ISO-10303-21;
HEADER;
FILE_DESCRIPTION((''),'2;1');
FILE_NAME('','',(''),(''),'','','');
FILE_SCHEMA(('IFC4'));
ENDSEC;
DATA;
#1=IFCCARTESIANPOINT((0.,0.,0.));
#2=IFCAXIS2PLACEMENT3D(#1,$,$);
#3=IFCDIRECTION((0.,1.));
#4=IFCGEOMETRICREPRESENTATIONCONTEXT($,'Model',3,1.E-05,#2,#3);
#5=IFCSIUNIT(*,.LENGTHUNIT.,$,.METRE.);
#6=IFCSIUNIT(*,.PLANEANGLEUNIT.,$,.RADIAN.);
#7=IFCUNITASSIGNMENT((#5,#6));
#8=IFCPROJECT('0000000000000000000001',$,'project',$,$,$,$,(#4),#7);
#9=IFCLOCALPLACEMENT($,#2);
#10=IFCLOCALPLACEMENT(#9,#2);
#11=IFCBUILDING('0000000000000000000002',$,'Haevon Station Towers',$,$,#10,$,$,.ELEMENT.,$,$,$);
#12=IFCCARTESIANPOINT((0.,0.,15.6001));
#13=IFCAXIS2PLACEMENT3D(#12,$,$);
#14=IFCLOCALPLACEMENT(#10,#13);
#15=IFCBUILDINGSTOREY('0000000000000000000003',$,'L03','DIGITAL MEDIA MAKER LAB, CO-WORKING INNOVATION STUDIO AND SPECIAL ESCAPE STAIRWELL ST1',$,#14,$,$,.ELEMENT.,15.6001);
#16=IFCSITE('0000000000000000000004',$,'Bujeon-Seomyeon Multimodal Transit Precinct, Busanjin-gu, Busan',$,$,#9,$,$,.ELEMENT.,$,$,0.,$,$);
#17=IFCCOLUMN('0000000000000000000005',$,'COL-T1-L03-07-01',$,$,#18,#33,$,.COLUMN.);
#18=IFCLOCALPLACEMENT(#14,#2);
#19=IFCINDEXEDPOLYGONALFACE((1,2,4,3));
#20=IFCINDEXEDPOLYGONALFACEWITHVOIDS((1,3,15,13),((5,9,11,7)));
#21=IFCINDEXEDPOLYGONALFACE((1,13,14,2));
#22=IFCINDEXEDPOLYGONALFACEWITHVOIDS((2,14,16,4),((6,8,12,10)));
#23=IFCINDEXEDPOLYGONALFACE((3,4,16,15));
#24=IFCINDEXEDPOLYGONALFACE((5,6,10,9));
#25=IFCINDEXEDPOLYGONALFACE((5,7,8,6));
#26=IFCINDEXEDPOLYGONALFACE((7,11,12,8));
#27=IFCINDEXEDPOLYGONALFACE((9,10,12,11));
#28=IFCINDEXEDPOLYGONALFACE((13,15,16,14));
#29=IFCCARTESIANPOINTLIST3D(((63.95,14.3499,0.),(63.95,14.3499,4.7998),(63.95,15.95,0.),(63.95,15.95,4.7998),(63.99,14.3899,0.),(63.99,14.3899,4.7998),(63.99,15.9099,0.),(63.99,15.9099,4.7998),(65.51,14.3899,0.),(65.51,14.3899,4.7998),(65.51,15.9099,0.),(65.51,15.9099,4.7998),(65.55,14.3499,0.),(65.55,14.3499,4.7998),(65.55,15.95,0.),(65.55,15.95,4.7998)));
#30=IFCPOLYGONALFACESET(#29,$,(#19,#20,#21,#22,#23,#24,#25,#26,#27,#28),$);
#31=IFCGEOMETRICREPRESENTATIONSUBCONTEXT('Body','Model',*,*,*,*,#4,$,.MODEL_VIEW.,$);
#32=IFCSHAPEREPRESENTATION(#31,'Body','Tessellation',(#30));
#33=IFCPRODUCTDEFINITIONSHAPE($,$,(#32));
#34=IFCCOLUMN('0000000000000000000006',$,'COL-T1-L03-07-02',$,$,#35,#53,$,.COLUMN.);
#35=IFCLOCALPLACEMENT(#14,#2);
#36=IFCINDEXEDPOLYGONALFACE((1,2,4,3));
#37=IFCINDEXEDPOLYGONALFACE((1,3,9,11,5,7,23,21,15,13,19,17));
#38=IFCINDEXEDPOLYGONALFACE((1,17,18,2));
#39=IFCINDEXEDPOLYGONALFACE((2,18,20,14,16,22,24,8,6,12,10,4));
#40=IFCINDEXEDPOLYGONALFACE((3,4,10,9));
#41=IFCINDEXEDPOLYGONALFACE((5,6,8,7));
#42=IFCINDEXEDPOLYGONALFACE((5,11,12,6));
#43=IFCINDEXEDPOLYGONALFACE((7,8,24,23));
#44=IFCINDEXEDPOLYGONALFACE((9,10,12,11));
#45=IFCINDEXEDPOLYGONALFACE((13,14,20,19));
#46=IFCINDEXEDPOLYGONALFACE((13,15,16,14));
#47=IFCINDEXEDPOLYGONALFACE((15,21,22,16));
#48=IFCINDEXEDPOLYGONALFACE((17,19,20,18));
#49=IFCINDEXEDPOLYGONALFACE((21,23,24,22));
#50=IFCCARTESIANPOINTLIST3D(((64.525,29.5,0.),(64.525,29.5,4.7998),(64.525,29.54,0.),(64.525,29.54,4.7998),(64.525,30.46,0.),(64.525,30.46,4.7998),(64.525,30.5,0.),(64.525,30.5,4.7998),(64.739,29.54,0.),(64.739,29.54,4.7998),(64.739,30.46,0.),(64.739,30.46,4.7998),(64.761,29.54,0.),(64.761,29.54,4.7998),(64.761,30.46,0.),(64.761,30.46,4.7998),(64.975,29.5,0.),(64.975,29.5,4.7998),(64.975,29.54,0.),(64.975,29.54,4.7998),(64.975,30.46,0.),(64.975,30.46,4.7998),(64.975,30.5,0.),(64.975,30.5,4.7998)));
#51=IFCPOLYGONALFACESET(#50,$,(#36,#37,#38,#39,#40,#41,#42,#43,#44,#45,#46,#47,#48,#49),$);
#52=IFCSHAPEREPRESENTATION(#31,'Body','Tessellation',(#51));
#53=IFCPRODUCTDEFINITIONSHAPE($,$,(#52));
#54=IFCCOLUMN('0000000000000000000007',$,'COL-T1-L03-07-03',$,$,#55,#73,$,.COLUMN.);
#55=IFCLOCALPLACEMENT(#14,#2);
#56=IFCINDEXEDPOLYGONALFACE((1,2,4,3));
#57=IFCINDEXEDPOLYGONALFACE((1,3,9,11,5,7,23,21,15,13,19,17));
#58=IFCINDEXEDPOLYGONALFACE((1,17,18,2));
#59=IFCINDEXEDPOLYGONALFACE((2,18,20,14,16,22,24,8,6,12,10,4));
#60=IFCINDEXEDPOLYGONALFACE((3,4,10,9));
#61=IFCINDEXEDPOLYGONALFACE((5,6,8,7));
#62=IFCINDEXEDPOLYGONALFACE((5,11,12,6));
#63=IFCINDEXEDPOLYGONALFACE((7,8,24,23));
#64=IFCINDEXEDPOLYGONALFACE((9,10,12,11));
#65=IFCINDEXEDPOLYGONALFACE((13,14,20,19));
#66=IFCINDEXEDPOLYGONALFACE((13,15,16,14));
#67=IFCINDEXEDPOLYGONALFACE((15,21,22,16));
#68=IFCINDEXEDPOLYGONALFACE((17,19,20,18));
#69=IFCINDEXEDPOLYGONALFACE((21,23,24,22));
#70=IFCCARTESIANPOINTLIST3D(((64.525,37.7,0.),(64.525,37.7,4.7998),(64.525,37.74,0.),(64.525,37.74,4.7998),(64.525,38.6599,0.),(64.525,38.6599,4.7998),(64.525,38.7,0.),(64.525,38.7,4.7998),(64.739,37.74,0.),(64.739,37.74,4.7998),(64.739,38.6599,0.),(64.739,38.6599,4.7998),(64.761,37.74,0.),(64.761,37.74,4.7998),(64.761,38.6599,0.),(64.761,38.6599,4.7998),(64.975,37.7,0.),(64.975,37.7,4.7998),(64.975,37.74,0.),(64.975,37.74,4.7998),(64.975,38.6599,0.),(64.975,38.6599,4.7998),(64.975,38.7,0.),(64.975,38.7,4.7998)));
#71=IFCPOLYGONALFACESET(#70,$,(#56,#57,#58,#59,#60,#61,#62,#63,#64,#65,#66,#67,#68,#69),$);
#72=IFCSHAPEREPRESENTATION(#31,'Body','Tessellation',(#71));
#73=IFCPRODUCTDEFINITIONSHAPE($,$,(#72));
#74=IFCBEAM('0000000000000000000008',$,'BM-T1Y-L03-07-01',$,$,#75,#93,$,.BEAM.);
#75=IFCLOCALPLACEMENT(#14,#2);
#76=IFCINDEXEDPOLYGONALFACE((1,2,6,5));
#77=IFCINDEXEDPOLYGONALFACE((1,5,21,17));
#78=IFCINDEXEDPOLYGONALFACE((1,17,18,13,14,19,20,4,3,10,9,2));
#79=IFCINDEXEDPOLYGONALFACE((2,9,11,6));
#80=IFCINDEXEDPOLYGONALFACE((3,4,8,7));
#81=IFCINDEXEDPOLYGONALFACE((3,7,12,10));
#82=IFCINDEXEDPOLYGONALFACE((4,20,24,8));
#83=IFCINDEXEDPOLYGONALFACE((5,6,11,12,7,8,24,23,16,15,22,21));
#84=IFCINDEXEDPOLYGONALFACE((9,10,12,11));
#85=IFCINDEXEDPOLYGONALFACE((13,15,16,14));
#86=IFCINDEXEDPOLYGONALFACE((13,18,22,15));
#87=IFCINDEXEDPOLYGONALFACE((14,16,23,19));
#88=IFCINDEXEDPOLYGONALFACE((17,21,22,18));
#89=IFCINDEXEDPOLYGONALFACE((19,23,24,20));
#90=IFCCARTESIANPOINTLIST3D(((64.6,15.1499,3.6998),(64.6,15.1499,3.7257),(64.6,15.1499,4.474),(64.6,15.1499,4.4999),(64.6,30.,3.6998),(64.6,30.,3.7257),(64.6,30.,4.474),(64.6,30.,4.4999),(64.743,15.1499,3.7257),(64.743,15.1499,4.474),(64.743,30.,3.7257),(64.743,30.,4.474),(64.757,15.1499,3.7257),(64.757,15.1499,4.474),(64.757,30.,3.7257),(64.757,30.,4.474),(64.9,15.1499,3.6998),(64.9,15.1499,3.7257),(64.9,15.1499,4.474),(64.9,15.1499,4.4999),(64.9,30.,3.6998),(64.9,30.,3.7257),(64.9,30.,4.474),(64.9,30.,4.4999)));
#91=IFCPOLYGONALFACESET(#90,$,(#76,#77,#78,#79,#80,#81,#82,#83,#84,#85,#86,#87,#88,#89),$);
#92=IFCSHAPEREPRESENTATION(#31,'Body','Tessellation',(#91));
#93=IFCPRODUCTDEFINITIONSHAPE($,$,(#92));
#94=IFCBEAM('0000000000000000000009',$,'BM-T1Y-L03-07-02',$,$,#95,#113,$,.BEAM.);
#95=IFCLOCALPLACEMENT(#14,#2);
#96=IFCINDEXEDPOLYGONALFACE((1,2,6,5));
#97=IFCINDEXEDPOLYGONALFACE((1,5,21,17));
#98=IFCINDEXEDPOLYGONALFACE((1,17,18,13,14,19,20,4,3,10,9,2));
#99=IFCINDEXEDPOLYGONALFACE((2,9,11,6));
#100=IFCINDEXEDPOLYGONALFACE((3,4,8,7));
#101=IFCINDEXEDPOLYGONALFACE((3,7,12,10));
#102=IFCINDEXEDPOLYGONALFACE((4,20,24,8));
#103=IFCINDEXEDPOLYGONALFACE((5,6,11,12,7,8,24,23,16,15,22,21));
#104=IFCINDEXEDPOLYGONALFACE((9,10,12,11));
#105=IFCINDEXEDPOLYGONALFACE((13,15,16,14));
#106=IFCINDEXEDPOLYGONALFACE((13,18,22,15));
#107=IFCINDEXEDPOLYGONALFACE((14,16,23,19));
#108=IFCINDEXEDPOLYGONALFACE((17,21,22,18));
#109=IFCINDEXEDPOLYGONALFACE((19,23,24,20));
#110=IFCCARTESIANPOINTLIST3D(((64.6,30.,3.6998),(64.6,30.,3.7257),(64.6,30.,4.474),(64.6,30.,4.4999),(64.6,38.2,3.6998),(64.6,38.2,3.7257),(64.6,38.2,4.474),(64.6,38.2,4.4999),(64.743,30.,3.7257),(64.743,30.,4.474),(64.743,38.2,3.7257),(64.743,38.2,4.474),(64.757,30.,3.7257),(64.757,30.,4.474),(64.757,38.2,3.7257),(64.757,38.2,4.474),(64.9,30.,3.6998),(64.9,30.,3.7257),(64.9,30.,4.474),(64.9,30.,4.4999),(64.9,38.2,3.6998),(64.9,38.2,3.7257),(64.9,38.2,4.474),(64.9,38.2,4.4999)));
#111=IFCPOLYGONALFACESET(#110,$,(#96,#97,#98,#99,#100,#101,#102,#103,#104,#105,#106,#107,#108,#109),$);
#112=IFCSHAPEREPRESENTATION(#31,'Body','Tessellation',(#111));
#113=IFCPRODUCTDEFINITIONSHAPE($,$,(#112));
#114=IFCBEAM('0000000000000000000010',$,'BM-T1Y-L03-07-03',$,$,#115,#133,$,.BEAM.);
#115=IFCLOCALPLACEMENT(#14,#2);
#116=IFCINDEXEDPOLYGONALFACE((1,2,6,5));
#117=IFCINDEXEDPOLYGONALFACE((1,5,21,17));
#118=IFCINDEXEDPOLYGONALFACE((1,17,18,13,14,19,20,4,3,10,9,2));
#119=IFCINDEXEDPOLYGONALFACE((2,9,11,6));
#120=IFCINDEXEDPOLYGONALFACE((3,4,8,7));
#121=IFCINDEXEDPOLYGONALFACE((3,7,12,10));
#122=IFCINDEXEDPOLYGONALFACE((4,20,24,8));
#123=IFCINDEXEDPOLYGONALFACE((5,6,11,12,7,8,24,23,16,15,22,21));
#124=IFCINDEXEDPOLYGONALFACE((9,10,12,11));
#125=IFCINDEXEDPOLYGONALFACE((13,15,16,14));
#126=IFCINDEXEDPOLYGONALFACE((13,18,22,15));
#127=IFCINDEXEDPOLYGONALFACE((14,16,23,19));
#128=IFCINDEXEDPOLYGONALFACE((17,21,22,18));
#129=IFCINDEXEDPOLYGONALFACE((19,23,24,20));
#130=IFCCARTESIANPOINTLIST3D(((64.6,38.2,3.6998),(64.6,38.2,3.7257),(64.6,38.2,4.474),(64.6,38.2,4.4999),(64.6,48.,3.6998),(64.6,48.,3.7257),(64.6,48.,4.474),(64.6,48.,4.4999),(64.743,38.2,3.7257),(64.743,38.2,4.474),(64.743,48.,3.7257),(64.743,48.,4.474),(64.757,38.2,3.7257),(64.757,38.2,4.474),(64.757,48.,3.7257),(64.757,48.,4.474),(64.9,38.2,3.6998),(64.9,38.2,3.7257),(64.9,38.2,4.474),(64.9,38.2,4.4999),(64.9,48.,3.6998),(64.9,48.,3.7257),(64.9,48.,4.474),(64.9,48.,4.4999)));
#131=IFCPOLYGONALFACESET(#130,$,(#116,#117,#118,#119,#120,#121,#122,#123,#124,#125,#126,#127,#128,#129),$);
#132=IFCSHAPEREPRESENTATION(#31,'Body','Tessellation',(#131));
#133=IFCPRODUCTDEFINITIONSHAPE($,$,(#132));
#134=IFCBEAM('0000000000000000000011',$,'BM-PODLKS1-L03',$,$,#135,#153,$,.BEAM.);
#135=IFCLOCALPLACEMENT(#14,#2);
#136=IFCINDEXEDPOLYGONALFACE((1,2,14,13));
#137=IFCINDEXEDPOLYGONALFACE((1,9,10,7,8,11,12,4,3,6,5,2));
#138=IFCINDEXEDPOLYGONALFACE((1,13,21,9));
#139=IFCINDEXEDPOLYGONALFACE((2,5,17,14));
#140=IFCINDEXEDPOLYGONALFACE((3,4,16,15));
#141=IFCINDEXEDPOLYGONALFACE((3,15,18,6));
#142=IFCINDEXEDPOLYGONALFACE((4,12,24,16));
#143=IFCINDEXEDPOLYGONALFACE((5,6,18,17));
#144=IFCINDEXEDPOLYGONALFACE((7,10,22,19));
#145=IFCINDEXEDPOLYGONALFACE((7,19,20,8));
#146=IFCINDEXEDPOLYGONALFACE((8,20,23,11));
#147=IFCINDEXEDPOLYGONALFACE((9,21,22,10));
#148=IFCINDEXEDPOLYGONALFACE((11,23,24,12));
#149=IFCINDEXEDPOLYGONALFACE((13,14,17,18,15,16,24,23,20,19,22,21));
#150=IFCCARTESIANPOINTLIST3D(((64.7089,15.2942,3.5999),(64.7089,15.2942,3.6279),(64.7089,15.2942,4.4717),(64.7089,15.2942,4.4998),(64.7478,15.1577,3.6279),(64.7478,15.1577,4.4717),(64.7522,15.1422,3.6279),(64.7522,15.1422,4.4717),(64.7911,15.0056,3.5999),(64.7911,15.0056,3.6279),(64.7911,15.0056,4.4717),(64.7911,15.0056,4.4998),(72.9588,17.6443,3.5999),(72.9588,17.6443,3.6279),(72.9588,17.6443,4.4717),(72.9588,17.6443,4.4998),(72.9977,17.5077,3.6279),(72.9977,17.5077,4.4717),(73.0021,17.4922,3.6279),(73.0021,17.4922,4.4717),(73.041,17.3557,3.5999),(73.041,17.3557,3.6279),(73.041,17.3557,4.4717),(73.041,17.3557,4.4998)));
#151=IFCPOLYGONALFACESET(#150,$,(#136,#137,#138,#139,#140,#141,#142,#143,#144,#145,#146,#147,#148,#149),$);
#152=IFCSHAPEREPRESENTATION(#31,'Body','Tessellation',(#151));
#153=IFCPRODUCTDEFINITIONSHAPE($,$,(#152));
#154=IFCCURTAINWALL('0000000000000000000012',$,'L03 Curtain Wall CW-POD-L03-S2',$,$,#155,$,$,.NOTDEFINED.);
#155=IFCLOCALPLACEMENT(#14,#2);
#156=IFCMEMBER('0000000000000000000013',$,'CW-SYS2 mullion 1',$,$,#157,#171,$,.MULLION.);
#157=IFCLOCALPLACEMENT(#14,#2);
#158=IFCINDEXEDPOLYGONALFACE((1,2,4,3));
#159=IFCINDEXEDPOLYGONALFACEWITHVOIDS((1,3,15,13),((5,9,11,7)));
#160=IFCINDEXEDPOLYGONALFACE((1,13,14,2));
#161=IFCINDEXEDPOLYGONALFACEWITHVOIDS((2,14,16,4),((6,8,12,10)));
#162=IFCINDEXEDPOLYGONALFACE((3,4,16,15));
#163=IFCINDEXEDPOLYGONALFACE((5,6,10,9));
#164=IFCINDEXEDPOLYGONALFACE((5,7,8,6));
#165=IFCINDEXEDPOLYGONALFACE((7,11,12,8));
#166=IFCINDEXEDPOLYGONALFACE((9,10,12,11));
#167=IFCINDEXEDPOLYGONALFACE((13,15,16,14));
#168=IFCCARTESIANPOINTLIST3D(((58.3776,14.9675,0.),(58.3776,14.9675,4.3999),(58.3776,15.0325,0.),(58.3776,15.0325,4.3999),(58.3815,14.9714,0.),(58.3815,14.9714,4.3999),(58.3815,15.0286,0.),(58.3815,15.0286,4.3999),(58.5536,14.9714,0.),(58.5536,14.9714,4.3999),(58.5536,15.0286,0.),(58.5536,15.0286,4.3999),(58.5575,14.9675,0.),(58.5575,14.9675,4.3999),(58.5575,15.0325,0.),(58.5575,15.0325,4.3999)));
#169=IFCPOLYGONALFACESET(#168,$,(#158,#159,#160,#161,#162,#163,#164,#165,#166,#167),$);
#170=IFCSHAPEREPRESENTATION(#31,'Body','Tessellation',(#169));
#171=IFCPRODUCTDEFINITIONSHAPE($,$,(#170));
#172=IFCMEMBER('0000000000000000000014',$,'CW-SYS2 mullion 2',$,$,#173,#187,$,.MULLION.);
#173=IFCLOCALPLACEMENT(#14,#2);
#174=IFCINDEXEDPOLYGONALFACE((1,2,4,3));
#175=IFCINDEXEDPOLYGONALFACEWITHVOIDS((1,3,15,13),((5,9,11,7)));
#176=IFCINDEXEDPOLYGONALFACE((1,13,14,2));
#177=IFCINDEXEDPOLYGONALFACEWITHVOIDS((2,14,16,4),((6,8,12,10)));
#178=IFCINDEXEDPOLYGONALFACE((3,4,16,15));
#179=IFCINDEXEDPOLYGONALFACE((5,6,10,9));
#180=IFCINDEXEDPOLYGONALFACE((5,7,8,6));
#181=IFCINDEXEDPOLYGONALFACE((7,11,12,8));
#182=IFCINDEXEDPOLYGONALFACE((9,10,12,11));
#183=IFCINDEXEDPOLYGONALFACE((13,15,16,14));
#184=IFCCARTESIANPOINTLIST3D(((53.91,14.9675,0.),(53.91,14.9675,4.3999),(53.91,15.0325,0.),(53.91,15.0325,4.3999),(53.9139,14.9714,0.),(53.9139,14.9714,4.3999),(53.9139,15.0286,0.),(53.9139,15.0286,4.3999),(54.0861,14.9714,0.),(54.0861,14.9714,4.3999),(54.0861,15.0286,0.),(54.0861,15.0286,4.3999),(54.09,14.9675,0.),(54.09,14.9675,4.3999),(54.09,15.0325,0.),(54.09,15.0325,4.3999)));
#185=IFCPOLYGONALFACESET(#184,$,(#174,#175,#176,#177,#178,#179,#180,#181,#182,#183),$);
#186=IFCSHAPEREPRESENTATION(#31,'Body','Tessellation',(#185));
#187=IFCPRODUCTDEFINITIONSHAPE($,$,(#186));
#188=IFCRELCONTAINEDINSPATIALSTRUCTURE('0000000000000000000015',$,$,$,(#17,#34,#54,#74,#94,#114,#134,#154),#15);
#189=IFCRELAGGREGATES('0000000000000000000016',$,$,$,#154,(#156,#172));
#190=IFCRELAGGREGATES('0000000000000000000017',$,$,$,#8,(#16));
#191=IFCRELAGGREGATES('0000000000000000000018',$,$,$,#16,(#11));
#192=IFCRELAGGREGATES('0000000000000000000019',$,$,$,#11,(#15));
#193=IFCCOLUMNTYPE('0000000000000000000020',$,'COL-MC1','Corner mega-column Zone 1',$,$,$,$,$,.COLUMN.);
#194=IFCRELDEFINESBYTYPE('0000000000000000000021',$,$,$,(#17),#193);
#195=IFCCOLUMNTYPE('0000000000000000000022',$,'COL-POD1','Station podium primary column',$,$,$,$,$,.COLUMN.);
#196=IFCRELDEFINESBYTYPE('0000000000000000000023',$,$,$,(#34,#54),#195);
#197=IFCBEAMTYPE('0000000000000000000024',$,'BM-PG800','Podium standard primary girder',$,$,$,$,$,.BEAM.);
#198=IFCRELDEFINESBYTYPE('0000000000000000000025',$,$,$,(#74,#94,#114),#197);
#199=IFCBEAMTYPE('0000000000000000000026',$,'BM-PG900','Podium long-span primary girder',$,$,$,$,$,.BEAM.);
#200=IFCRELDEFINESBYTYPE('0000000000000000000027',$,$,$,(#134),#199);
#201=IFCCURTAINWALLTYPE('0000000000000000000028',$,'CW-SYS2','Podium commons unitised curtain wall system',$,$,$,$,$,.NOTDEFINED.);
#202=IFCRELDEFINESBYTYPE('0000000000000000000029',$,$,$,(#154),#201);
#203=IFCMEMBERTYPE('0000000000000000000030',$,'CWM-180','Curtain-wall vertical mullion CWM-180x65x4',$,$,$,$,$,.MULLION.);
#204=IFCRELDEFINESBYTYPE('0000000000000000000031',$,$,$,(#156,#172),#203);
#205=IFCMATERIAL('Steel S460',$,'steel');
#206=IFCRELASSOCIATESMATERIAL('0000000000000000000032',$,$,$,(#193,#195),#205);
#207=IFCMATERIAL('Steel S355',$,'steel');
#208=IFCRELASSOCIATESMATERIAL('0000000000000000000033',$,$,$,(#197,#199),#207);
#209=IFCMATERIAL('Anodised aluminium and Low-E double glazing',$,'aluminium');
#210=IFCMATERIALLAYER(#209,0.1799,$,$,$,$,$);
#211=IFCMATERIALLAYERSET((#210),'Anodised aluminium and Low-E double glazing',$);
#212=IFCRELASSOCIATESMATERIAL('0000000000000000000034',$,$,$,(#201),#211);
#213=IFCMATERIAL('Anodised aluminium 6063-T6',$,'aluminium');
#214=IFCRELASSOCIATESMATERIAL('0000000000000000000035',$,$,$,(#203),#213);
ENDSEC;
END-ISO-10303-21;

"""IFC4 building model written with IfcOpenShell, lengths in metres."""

from ifc_helpers import new_model, si_unit, direction, frame, origin, origin_2d, place, context, subcontext, project, spatial, hollow_rectangle, i_section, extrude, material, layer, layer_set, material_profile, profile_set, type_object, element, aggregate, save


model = new_model("IFC4")

# Units and contexts
model_context = context("Model", 3, precision=1e-05, world=origin(), true_north=direction((0.0, 1.0)))
body_context = subcontext(model_context, "Body", "Model", "MODEL_VIEW")
ifc_project = project(units=[si_unit("LENGTHUNIT", "METRE"), si_unit("PLANEANGLEUNIT", "RADIAN")], contexts=[model_context])

# Site, building, storey
site_placement = place(None, origin())
site = spatial("IfcSite", under=ifc_project, at=site_placement, Name="Bujeon-Seomyeon Multimodal Transit Precinct, Busanjin-gu, Busan", CompositionType="ELEMENT", RefElevation=0.0)
building_placement = place(site_placement, origin())
building = spatial("IfcBuilding", under=site, at=building_placement, Name="Haevon Station Towers", CompositionType="ELEMENT")
storey_placement = place(building_placement, frame((0.0, 0.0, 15.6001)))
storey = spatial("IfcBuildingStorey", under=building, at=storey_placement, Name="L03", Description="DIGITAL MEDIA MAKER LAB, CO-WORKING INNOVATION STUDIO AND SPECIAL ESCAPE STAIRWELL ST1", CompositionType="ELEMENT", Elevation=15.6001)

# Columns
ifc_material_1 = material(Name="Steel S460", Category="steel")
ifc_material_profile_1 = material_profile(ifc_material_1, hollow_rectangle(XDim=1.6001, YDim=1.6001, WallThickness=0.04, at=origin_2d()), Name="BOX-1600x1600x40")
ifc_profile_set_1 = profile_set([ifc_material_profile_1], Name="Steel S460")
column_type_1 = type_object("IfcColumnType", Name="COL-MC1", Description="Corner mega-column Zone 1", PredefinedType="COLUMN", material=ifc_profile_set_1)
column_placement = place(storey_placement, frame((64.75, 15.1499, 0.0), z_axis=(0.0, 0.0, 1.0), x_axis=(1.0, 0.0, 0.0)))
element("IfcColumn", 1, at=column_placement, inside=storey, type_object=column_type_1, Name="COL-T1-L03-07-01", PredefinedType="COLUMN", context=body_context, shape_type="SweptSolid", body=[
    extrude(hollow_rectangle(XDim=1.6001, YDim=1.6001, WallThickness=0.04, at=origin_2d()), origin(), (0.0, 0.0, 1.0), 4.7998),
])
ifc_material_profile_2 = material_profile(ifc_material_1, i_section(OverallWidth=0.45, OverallDepth=1.0, WebThickness=0.022, FlangeThickness=0.04, at=origin_2d()), Name="H-1000x450x22x40")
ifc_profile_set_2 = profile_set([ifc_material_profile_2], Name="Steel S460")
column_type_2 = type_object("IfcColumnType", Name="COL-POD1", Description="Station podium primary column", PredefinedType="COLUMN", material=ifc_profile_set_2)
for number, where, z_axis, x_axis, name in (
    (2, (64.75, 30.0, 0.0), (0.0, 0.0, 1.0), (1.0, 0.0, 0.0), "COL-T1-L03-07-02"),
    (3, (64.75, 38.2, 0.0), (0.0, 0.0, 1.0), (1.0, 0.0, 0.0), "COL-T1-L03-07-03"),
):
    element("IfcColumn", number, at=place(storey_placement, frame(where, z_axis=z_axis, x_axis=x_axis)), inside=storey, type_object=column_type_2, Name=name, PredefinedType="COLUMN", context=body_context, shape_type="SweptSolid", body=[
        extrude(i_section(OverallWidth=0.45, OverallDepth=1.0, WebThickness=0.022, FlangeThickness=0.04, at=origin_2d()), origin(), (0.0, 0.0, 1.0), 4.7998),
    ])

# Beams
ifc_material_2 = material(Name="Steel S355", Category="steel")
ifc_material_profile_3 = material_profile(ifc_material_2, i_section(OverallWidth=0.3, OverallDepth=0.8, WebThickness=0.0139, FlangeThickness=0.0259, at=origin_2d()), Name="H-800x300x14x26")
ifc_profile_set_3 = profile_set([ifc_material_profile_3], Name="Steel S355")
beam_type_1 = type_object("IfcBeamType", Name="BM-PG800", Description="Podium standard primary girder", PredefinedType="BEAM", material=ifc_profile_set_3)
beam_1_placement = place(storey_placement, frame((64.75, 15.1499, 4.0999), z_axis=(0.0, 1.0, 0.0), x_axis=(-1.0, 0.0, 0.0)))
element("IfcBeam", 4, at=beam_1_placement, inside=storey, type_object=beam_type_1, Name="BM-T1Y-L03-07-01", PredefinedType="BEAM", context=body_context, shape_type="SweptSolid", body=[
    extrude(i_section(OverallWidth=0.3, OverallDepth=0.8, WebThickness=0.0139, FlangeThickness=0.0259, at=origin_2d()), origin(), (0.0, 0.0, 1.0), 14.8501),
])
beam_2_placement = place(storey_placement, frame((64.75, 30.0, 4.0999), z_axis=(0.0, 1.0, 0.0), x_axis=(-1.0, 0.0, 0.0)))
element("IfcBeam", 5, at=beam_2_placement, inside=storey, type_object=beam_type_1, Name="BM-T1Y-L03-07-02", PredefinedType="BEAM", context=body_context, shape_type="SweptSolid", body=[
    extrude(i_section(OverallWidth=0.3, OverallDepth=0.8, WebThickness=0.0139, FlangeThickness=0.0259, at=origin_2d()), origin(), (0.0, 0.0, 1.0), 8.2),
])
beam_3_placement = place(storey_placement, frame((64.75, 38.2, 4.0999), z_axis=(0.0, 1.0, 0.0), x_axis=(-1.0, 0.0, 0.0)))
element("IfcBeam", 6, at=beam_3_placement, inside=storey, type_object=beam_type_1, Name="BM-T1Y-L03-07-03", PredefinedType="BEAM", context=body_context, shape_type="SweptSolid", body=[
    extrude(i_section(OverallWidth=0.3, OverallDepth=0.8, WebThickness=0.0139, FlangeThickness=0.0259, at=origin_2d()), origin(), (0.0, 0.0, 1.0), 9.8),
])
ifc_material_profile_4 = material_profile(ifc_material_2, i_section(OverallWidth=0.3, OverallDepth=0.8999, WebThickness=0.0161, FlangeThickness=0.0281, at=origin_2d()), Name="H-900x300x16x28")
ifc_profile_set_4 = profile_set([ifc_material_profile_4], Name="Steel S355")
beam_type_2 = type_object("IfcBeamType", Name="BM-PG900", Description="Podium long-span primary girder", PredefinedType="BEAM", material=ifc_profile_set_4)
beam_4_placement = place(storey_placement, frame((64.75, 15.1499, 4.0498), z_axis=(0.961741, 0.273962, 0.0), x_axis=(-0.273962, 0.961741, 0.0)))
element("IfcBeam", 7, at=beam_4_placement, inside=storey, type_object=beam_type_2, Name="BM-PODLKS1-L03", PredefinedType="BEAM", context=body_context, shape_type="SweptSolid", body=[
    extrude(i_section(OverallWidth=0.3, OverallDepth=0.8999, WebThickness=0.0161, FlangeThickness=0.0281, at=origin_2d()), origin(), (0.0, 0.0, 1.0), 8.5781),
])

# Curtain wall, members
ifc_material_3 = material(Name="Anodised aluminium and Low-E double glazing", Category="aluminium")
ifc_layer_1 = layer(ifc_material_3, 0.1799)
ifc_layer_set_1 = layer_set([ifc_layer_1], Name="Anodised aluminium and Low-E double glazing")
curtain_wall_type = type_object("IfcCurtainWallType", Name="CW-SYS2", Description="Podium commons unitised curtain wall system", PredefinedType="NOTDEFINED", material=ifc_layer_set_1)
curtain_wall_1_placement = place(storey_placement, origin())
curtain_wall_1 = element("IfcCurtainWall", 8, at=curtain_wall_1_placement, inside=storey, type_object=curtain_wall_type, Name="L03 Curtain Wall CW-POD-L03-S2", PredefinedType="NOTDEFINED")
ifc_material_4 = material(Name="Anodised aluminium 6063-T6", Category="aluminium")
ifc_material_profile_5 = material_profile(ifc_material_4, hollow_rectangle(XDim=0.0649, YDim=0.1799, WallThickness=0.0039, at=origin_2d()), Name="CWM-180x65x4")
ifc_profile_set_5 = profile_set([ifc_material_profile_5], Name="Anodised aluminium 6063-T6")
member_type_1 = type_object("IfcMemberType", Name="CWM-180", Description="Curtain-wall vertical mullion CWM-180x65x4", PredefinedType="MULLION", material=ifc_profile_set_5)
member_1_placement = place(storey_placement, frame((58.4675, 15.0, 0.0), z_axis=(0.0, 0.0, 1.0), x_axis=(0.0, -1.0, 0.0)))
member_1 = element("IfcMember", 9, at=member_1_placement, type_object=member_type_1, Name="CW-SYS2 mullion 1", PredefinedType="MULLION", context=body_context, shape_type="SweptSolid", body=[
    extrude(hollow_rectangle(XDim=0.0649, YDim=0.1799, WallThickness=0.0039, at=origin_2d()), origin(), (0.0, 0.0, 1.0), 4.3999),
])
member_2_placement = place(storey_placement, frame((54.0, 15.0, 0.0), z_axis=(0.0, 0.0, 1.0), x_axis=(0.0, -1.0, 0.0)))
member_2 = element("IfcMember", 10, at=member_2_placement, type_object=member_type_1, Name="CW-SYS2 mullion 2", PredefinedType="MULLION", context=body_context, shape_type="SweptSolid", body=[
    extrude(hollow_rectangle(XDim=0.0649, YDim=0.1799, WallThickness=0.0039, at=origin_2d()), origin(), (0.0, 0.0, 1.0), 4.3999),
])

aggregate(curtain_wall_1, [member_1, member_2])

save(model, "model.ifc")
